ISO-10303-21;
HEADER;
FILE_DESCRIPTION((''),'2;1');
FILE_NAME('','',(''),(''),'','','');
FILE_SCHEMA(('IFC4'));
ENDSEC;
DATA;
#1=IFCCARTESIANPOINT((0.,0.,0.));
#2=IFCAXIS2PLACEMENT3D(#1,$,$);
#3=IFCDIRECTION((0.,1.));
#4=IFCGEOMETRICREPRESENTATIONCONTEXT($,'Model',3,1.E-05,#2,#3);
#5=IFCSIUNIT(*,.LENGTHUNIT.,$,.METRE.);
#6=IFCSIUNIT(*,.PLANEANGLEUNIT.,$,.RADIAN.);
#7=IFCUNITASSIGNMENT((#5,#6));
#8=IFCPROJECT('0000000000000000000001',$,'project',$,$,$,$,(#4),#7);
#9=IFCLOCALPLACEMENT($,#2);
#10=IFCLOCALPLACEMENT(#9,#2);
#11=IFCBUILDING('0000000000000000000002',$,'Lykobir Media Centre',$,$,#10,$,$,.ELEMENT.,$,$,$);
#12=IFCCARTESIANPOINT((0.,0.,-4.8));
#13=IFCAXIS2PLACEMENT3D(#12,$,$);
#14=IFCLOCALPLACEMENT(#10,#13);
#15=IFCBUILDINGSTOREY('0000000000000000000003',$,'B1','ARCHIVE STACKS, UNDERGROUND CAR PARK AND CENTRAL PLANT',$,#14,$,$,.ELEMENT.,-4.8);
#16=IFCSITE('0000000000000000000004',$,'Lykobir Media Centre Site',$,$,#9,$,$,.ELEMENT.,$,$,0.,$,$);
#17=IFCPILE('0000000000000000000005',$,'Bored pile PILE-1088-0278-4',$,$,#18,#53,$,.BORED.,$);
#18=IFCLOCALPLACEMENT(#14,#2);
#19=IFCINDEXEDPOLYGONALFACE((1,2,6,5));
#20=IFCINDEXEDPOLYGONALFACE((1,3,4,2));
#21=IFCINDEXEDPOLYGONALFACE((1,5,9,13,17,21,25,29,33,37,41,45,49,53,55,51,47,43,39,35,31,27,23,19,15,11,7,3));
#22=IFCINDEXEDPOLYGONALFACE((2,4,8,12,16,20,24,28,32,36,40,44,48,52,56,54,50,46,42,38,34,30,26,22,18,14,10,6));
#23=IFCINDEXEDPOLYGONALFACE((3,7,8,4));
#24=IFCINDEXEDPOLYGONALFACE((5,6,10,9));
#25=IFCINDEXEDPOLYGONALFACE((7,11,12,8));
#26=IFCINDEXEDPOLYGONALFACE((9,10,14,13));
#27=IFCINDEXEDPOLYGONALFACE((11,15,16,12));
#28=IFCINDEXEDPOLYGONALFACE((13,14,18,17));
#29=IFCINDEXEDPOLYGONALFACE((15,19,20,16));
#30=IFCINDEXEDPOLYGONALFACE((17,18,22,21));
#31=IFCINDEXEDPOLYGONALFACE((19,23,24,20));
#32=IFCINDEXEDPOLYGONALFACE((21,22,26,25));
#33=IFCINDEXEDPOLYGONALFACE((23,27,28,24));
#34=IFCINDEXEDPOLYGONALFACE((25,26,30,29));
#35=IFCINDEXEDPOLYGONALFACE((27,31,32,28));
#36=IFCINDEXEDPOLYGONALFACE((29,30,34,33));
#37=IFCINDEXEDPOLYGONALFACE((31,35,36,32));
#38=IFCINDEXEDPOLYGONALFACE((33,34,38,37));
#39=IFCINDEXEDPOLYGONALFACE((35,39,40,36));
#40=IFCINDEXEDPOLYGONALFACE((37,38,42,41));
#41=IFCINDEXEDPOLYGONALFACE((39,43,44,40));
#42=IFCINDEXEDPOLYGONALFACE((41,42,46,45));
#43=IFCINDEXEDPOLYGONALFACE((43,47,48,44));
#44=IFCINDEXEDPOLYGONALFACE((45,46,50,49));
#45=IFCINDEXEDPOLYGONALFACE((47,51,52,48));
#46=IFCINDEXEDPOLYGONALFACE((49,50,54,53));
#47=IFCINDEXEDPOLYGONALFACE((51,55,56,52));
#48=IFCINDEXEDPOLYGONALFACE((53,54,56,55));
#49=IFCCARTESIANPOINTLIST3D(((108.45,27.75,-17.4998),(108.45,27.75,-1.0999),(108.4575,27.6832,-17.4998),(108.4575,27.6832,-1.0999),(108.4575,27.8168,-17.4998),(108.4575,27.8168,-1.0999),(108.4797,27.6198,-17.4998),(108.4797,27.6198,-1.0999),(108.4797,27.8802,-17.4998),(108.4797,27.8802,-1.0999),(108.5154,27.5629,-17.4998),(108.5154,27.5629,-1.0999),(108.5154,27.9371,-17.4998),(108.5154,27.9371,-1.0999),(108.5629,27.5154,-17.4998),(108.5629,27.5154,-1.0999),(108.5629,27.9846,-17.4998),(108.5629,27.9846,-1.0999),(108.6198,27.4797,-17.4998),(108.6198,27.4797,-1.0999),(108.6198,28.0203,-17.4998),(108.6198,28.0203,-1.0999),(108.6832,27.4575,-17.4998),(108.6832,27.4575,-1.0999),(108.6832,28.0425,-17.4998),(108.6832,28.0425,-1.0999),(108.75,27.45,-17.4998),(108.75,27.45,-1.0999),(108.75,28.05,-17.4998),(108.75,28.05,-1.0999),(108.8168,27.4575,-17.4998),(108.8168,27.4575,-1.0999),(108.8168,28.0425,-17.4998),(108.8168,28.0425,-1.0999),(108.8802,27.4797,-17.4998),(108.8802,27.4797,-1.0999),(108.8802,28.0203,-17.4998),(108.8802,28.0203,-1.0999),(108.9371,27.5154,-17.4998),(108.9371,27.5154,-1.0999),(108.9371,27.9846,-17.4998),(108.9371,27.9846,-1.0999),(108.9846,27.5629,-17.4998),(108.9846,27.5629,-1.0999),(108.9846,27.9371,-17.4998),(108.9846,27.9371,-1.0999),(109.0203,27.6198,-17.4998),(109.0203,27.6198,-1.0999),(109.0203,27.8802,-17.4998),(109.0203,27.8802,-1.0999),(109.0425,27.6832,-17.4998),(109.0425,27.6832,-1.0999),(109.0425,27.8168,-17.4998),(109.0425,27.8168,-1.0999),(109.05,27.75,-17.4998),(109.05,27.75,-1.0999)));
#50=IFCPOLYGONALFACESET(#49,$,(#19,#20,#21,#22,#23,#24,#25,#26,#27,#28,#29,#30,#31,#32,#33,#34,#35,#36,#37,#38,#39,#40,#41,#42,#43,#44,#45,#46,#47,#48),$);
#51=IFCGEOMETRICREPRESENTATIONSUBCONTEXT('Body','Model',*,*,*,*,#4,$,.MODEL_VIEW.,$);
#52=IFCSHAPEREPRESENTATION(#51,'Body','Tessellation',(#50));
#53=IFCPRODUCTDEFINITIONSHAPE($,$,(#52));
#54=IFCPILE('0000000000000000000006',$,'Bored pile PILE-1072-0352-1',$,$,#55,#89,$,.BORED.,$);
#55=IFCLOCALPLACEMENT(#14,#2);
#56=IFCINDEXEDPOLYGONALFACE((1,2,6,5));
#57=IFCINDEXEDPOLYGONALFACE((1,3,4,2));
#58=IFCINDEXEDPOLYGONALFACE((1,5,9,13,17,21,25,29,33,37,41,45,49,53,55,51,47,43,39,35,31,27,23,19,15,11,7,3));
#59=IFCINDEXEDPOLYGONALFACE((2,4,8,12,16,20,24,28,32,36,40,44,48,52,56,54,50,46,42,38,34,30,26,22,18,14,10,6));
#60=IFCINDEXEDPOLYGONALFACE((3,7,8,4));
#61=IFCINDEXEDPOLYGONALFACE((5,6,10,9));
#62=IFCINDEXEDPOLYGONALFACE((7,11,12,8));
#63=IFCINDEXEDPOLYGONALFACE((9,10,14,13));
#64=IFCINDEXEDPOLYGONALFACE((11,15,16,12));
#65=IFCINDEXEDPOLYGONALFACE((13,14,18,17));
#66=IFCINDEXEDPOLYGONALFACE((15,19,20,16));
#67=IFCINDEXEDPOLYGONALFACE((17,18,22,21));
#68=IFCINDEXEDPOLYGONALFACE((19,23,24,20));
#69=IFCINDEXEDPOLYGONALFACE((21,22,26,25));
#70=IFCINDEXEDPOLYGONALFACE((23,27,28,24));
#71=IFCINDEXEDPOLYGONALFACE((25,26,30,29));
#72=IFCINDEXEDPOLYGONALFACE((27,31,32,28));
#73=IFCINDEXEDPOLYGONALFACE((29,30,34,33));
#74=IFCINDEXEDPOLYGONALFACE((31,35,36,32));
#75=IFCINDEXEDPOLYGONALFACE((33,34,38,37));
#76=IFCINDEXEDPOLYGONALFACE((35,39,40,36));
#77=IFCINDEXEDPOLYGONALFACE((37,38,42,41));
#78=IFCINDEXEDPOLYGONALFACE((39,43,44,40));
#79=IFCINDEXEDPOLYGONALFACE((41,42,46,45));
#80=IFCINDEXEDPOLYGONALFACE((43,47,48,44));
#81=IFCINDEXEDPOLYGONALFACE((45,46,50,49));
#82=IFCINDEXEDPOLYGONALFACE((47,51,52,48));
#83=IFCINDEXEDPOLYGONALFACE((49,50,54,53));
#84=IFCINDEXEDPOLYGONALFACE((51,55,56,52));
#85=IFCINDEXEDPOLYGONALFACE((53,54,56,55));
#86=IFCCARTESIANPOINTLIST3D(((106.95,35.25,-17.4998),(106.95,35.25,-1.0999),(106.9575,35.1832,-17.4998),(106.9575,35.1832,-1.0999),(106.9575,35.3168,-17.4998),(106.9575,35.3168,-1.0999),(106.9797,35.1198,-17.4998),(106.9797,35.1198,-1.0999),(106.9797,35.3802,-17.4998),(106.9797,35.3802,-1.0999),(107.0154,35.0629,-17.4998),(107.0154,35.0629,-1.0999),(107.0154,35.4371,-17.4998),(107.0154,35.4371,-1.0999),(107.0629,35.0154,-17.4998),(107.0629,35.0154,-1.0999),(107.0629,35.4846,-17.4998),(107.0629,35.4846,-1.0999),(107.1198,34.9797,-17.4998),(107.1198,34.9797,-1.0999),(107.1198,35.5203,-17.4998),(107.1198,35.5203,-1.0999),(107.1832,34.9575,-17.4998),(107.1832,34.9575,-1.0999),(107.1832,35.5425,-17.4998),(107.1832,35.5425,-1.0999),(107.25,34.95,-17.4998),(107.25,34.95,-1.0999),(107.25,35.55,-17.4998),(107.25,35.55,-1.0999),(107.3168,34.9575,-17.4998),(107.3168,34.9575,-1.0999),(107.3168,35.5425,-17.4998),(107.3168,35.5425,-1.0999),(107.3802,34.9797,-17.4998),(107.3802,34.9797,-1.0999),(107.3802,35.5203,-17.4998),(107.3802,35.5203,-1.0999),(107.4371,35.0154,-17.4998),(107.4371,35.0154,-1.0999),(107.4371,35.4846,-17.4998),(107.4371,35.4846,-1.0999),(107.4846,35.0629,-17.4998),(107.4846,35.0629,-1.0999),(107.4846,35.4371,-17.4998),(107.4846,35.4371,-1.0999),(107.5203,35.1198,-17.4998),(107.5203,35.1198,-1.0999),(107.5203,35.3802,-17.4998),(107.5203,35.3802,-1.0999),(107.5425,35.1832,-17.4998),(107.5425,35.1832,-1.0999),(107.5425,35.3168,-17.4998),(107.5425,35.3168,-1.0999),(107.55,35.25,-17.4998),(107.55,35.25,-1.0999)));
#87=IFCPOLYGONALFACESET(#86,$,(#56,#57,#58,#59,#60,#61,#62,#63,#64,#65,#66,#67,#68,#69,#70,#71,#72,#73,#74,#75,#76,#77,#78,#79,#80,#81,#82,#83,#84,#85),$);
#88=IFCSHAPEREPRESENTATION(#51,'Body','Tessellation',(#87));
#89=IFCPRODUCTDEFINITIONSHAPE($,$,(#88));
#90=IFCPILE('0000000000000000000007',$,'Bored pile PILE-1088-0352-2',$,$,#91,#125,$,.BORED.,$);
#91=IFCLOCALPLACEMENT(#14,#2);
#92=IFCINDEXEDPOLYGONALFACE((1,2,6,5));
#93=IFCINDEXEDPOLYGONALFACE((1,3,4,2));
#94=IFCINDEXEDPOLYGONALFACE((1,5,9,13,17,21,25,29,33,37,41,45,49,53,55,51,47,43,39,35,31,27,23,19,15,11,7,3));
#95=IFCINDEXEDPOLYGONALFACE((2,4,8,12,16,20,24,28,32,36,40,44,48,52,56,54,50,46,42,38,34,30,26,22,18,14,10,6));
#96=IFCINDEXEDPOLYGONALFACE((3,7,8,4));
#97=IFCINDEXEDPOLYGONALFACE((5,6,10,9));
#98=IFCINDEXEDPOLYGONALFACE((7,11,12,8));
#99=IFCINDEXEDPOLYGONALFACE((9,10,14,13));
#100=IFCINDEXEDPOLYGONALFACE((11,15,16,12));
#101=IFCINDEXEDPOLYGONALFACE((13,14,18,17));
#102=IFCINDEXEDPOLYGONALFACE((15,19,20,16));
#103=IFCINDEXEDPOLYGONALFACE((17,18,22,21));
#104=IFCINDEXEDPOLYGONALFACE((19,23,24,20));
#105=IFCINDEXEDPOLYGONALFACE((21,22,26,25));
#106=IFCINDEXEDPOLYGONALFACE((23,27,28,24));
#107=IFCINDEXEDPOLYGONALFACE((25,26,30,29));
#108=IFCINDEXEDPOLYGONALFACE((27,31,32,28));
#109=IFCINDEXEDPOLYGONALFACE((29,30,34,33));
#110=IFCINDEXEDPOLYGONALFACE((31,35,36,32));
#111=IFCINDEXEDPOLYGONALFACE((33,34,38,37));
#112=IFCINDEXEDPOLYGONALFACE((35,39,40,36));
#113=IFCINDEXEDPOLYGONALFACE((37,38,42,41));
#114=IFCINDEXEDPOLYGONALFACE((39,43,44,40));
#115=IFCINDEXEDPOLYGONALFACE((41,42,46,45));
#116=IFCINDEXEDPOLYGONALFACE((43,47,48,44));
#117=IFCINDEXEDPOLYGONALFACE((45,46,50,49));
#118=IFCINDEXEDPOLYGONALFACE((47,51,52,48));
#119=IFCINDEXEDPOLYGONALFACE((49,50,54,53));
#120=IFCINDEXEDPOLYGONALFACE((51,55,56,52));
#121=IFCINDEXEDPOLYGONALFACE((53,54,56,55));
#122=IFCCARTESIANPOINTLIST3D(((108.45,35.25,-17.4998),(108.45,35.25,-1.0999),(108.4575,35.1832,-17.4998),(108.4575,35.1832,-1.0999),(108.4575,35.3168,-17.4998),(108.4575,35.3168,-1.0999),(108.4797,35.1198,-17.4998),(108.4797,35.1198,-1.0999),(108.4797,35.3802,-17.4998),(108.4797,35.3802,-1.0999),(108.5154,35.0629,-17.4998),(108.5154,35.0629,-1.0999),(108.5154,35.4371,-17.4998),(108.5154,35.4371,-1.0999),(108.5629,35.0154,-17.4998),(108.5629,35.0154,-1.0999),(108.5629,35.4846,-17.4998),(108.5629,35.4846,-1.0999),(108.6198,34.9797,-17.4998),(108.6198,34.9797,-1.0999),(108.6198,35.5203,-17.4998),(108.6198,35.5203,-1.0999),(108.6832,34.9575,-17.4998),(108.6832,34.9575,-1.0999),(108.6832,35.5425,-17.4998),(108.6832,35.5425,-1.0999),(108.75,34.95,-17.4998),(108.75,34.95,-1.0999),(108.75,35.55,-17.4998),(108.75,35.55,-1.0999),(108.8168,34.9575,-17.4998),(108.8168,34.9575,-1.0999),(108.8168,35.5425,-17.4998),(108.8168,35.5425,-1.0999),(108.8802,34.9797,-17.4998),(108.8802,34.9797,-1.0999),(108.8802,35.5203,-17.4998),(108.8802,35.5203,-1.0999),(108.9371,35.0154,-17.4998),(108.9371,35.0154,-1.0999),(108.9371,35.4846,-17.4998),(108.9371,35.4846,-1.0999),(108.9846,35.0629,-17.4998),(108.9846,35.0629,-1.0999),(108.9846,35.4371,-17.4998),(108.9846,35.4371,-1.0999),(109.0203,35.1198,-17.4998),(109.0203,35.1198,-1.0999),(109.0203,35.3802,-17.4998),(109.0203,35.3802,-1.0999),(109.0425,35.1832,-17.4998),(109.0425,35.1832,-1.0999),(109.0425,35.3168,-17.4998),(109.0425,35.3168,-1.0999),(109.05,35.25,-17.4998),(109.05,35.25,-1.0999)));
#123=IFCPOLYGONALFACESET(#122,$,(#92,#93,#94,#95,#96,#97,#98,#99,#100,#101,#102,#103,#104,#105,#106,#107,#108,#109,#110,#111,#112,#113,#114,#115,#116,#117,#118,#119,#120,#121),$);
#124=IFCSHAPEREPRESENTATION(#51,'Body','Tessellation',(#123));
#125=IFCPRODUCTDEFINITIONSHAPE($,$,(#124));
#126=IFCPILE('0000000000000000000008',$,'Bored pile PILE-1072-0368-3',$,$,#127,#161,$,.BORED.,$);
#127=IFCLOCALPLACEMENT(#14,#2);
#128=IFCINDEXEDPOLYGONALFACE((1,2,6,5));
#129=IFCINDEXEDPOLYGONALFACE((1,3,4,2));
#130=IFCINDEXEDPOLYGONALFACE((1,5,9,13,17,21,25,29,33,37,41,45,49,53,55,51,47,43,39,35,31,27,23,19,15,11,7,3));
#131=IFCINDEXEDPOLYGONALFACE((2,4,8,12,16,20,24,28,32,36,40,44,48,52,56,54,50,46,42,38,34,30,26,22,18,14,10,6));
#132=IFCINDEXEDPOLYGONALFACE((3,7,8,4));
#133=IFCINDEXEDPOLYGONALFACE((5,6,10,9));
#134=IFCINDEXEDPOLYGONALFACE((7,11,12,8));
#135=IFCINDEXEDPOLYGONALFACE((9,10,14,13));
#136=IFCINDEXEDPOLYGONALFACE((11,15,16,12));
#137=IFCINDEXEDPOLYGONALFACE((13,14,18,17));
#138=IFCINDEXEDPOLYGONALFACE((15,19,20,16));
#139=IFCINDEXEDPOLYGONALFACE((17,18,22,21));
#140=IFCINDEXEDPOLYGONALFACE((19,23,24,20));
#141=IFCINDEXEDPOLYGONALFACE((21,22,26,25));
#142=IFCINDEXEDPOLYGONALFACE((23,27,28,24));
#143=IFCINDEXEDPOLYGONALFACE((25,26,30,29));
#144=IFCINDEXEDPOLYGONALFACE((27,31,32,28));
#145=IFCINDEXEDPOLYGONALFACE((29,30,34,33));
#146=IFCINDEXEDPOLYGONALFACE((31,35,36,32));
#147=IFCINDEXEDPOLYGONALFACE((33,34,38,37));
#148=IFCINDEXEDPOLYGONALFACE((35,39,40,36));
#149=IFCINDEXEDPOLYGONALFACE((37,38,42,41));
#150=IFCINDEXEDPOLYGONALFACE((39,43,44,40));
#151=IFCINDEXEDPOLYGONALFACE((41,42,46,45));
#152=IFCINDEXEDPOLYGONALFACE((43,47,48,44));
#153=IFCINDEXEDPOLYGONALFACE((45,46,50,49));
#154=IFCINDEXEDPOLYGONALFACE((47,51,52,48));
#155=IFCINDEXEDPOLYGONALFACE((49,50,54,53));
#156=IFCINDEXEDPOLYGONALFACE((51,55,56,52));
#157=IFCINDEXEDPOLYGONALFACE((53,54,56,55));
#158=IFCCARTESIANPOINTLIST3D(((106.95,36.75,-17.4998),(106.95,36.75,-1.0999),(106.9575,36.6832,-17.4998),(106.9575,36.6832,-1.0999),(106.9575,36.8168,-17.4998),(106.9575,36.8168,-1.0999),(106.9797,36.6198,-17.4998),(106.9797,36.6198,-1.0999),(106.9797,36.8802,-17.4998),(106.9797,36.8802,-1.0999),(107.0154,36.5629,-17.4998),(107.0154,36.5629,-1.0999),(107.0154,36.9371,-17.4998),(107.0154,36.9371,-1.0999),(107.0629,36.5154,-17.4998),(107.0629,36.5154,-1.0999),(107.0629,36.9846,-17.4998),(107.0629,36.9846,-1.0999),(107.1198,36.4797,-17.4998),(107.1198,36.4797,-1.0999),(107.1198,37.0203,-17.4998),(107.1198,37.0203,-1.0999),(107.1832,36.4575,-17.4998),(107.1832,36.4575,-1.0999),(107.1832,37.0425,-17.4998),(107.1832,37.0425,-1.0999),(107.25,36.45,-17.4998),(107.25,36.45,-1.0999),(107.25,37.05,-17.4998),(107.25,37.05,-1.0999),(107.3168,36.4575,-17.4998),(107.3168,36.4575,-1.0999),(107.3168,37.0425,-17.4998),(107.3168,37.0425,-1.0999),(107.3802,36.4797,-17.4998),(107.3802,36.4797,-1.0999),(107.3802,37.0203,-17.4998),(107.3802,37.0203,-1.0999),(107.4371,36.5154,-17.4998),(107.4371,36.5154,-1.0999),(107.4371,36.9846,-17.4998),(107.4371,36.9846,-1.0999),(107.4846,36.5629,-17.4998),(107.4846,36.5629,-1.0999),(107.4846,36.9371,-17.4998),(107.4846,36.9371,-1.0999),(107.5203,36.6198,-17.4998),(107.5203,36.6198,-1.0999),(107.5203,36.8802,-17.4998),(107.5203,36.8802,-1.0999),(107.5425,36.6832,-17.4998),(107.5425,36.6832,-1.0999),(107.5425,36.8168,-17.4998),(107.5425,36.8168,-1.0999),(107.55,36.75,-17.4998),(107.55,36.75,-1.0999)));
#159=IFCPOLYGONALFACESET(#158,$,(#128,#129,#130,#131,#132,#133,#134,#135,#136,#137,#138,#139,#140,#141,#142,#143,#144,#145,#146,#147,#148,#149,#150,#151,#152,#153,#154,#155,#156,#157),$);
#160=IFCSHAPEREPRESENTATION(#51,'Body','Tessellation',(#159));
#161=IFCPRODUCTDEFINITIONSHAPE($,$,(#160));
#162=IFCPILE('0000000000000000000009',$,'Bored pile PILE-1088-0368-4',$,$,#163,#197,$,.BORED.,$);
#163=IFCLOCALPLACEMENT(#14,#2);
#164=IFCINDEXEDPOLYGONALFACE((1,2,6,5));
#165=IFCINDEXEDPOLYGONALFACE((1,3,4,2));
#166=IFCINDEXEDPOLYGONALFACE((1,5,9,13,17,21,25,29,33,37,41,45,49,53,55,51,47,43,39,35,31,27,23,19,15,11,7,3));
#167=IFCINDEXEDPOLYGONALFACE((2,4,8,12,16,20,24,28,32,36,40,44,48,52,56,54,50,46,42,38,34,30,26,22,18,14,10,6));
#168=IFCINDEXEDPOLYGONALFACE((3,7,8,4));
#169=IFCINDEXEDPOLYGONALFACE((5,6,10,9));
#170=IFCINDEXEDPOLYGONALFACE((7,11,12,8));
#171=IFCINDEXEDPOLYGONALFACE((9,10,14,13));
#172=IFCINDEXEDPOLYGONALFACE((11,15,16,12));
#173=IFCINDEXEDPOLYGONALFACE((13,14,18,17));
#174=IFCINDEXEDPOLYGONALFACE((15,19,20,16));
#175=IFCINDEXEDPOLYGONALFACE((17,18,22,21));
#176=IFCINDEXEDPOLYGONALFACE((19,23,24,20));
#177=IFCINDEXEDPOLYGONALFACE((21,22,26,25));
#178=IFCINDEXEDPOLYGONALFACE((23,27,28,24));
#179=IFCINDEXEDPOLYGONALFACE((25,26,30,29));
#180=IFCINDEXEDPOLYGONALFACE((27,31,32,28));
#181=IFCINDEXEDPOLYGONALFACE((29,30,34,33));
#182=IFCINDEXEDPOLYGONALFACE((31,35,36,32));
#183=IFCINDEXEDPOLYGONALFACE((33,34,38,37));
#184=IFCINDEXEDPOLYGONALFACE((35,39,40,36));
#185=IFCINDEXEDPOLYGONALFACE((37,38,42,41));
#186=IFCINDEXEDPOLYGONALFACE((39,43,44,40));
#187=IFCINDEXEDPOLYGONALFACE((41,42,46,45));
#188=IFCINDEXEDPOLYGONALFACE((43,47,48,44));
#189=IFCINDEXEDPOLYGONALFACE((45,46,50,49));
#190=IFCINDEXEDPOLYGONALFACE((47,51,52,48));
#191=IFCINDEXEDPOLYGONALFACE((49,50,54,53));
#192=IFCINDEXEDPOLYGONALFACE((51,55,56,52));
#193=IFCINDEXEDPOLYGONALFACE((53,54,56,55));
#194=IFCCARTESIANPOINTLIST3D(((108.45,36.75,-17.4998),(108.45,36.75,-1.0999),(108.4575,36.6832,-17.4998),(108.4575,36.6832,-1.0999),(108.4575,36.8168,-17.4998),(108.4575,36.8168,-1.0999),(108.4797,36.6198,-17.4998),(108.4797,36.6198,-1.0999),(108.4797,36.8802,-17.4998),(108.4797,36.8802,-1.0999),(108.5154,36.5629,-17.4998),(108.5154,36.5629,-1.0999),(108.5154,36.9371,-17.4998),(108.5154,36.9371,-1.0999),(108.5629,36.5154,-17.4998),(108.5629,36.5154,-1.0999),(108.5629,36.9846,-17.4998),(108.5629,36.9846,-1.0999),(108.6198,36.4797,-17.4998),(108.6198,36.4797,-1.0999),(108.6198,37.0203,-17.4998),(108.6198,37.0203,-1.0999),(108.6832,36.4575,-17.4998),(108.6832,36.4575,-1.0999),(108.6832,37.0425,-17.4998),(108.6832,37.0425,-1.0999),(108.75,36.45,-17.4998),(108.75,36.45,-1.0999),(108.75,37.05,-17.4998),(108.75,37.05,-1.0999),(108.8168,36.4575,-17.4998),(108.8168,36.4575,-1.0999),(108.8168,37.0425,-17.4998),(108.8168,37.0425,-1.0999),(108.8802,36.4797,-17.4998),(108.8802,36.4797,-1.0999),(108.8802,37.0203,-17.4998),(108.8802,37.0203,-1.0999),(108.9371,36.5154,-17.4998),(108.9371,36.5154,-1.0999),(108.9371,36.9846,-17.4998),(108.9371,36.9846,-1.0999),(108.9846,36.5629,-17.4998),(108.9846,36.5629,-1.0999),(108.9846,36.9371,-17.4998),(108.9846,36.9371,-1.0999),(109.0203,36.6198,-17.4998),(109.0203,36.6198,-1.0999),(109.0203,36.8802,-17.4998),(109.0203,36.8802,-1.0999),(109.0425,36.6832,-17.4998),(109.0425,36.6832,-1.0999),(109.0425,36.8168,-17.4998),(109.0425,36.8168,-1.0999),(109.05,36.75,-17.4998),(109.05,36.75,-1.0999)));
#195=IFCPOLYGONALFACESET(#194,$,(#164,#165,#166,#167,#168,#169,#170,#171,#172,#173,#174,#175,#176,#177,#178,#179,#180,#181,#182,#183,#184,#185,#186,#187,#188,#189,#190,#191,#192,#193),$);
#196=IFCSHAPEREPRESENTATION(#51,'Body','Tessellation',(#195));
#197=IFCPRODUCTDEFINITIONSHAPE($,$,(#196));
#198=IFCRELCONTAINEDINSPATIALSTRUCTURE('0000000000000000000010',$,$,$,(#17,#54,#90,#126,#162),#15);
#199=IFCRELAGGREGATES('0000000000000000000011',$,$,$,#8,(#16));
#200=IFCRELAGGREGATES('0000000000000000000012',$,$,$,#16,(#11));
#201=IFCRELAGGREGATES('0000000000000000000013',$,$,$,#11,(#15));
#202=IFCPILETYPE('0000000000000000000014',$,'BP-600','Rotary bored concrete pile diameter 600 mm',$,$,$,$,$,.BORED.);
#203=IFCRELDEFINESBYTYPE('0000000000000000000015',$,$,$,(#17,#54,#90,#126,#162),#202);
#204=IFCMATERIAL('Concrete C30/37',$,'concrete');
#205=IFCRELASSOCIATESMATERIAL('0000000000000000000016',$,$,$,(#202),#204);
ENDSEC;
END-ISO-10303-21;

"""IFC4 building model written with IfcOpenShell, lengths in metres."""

from ifc_helpers import new_model, si_unit, direction, frame, origin, origin_2d, place, context, subcontext, project, spatial, circle, extrude, material, material_profile, profile_set, type_object, element, save


model = new_model("IFC4")

# Units and contexts
model_context = context("Model", 3, precision=1e-05, world=origin(), true_north=direction((0.0, 1.0)))
body_context = subcontext(model_context, "Body", "Model", "MODEL_VIEW")
ifc_project = project(units=[si_unit("LENGTHUNIT", "METRE"), si_unit("PLANEANGLEUNIT", "RADIAN")], contexts=[model_context])

# Site, building, storey
site_placement = place(None, origin())
site = spatial("IfcSite", under=ifc_project, at=site_placement, Name="Lykobir Media Centre Site", CompositionType="ELEMENT", RefElevation=0.0)
building_placement = place(site_placement, origin())
building = spatial("IfcBuilding", under=site, at=building_placement, Name="Lykobir Media Centre", CompositionType="ELEMENT")
storey_placement = place(building_placement, frame((0.0, 0.0, -4.8)))
storey = spatial("IfcBuildingStorey", under=building, at=storey_placement, Name="B1", Description="ARCHIVE STACKS, UNDERGROUND CAR PARK AND CENTRAL PLANT", CompositionType="ELEMENT", Elevation=-4.8)

# Piles
ifc_material_1 = material(Name="Concrete C30/37", Category="concrete")
ifc_material_profile_1 = material_profile(ifc_material_1, circle(Radius=0.3, at=origin_2d()), Name="BORED PILE D600")
ifc_profile_set_1 = profile_set([ifc_material_profile_1], Name="Concrete C30/37")
pile_type = type_object("IfcPileType", Name="BP-600", Description="Rotary bored concrete pile diameter 600 mm", PredefinedType="BORED", material=ifc_profile_set_1)
for number, where, z_axis, x_axis, name in (
    (1, (108.75, 27.75, -1.0999), (0.0, 0.0, -1.0), (1.0, 0.0, 0.0), "Bored pile PILE-1088-0278-4"),
    (2, (107.25, 35.25, -1.0999), (0.0, 0.0, -1.0), (1.0, 0.0, 0.0), "Bored pile PILE-1072-0352-1"),
    (3, (108.75, 35.25, -1.0999), (0.0, 0.0, -1.0), (1.0, 0.0, 0.0), "Bored pile PILE-1088-0352-2"),
    (4, (107.25, 36.75, -1.0999), (0.0, 0.0, -1.0), (1.0, 0.0, 0.0), "Bored pile PILE-1072-0368-3"),
    (5, (108.75, 36.75, -1.0999), (0.0, 0.0, -1.0), (1.0, 0.0, 0.0), "Bored pile PILE-1088-0368-4"),
):
    element("IfcPile", number, at=place(storey_placement, frame(where, z_axis=z_axis, x_axis=x_axis)), inside=storey, type_object=pile_type, Name=name, PredefinedType="BORED", context=body_context, shape_type="SweptSolid", body=[
        extrude(circle(Radius=0.3, at=origin_2d()), origin(), (0.0, 0.0, 1.0), 16.3999),
    ])

save(model, "model.ifc")
